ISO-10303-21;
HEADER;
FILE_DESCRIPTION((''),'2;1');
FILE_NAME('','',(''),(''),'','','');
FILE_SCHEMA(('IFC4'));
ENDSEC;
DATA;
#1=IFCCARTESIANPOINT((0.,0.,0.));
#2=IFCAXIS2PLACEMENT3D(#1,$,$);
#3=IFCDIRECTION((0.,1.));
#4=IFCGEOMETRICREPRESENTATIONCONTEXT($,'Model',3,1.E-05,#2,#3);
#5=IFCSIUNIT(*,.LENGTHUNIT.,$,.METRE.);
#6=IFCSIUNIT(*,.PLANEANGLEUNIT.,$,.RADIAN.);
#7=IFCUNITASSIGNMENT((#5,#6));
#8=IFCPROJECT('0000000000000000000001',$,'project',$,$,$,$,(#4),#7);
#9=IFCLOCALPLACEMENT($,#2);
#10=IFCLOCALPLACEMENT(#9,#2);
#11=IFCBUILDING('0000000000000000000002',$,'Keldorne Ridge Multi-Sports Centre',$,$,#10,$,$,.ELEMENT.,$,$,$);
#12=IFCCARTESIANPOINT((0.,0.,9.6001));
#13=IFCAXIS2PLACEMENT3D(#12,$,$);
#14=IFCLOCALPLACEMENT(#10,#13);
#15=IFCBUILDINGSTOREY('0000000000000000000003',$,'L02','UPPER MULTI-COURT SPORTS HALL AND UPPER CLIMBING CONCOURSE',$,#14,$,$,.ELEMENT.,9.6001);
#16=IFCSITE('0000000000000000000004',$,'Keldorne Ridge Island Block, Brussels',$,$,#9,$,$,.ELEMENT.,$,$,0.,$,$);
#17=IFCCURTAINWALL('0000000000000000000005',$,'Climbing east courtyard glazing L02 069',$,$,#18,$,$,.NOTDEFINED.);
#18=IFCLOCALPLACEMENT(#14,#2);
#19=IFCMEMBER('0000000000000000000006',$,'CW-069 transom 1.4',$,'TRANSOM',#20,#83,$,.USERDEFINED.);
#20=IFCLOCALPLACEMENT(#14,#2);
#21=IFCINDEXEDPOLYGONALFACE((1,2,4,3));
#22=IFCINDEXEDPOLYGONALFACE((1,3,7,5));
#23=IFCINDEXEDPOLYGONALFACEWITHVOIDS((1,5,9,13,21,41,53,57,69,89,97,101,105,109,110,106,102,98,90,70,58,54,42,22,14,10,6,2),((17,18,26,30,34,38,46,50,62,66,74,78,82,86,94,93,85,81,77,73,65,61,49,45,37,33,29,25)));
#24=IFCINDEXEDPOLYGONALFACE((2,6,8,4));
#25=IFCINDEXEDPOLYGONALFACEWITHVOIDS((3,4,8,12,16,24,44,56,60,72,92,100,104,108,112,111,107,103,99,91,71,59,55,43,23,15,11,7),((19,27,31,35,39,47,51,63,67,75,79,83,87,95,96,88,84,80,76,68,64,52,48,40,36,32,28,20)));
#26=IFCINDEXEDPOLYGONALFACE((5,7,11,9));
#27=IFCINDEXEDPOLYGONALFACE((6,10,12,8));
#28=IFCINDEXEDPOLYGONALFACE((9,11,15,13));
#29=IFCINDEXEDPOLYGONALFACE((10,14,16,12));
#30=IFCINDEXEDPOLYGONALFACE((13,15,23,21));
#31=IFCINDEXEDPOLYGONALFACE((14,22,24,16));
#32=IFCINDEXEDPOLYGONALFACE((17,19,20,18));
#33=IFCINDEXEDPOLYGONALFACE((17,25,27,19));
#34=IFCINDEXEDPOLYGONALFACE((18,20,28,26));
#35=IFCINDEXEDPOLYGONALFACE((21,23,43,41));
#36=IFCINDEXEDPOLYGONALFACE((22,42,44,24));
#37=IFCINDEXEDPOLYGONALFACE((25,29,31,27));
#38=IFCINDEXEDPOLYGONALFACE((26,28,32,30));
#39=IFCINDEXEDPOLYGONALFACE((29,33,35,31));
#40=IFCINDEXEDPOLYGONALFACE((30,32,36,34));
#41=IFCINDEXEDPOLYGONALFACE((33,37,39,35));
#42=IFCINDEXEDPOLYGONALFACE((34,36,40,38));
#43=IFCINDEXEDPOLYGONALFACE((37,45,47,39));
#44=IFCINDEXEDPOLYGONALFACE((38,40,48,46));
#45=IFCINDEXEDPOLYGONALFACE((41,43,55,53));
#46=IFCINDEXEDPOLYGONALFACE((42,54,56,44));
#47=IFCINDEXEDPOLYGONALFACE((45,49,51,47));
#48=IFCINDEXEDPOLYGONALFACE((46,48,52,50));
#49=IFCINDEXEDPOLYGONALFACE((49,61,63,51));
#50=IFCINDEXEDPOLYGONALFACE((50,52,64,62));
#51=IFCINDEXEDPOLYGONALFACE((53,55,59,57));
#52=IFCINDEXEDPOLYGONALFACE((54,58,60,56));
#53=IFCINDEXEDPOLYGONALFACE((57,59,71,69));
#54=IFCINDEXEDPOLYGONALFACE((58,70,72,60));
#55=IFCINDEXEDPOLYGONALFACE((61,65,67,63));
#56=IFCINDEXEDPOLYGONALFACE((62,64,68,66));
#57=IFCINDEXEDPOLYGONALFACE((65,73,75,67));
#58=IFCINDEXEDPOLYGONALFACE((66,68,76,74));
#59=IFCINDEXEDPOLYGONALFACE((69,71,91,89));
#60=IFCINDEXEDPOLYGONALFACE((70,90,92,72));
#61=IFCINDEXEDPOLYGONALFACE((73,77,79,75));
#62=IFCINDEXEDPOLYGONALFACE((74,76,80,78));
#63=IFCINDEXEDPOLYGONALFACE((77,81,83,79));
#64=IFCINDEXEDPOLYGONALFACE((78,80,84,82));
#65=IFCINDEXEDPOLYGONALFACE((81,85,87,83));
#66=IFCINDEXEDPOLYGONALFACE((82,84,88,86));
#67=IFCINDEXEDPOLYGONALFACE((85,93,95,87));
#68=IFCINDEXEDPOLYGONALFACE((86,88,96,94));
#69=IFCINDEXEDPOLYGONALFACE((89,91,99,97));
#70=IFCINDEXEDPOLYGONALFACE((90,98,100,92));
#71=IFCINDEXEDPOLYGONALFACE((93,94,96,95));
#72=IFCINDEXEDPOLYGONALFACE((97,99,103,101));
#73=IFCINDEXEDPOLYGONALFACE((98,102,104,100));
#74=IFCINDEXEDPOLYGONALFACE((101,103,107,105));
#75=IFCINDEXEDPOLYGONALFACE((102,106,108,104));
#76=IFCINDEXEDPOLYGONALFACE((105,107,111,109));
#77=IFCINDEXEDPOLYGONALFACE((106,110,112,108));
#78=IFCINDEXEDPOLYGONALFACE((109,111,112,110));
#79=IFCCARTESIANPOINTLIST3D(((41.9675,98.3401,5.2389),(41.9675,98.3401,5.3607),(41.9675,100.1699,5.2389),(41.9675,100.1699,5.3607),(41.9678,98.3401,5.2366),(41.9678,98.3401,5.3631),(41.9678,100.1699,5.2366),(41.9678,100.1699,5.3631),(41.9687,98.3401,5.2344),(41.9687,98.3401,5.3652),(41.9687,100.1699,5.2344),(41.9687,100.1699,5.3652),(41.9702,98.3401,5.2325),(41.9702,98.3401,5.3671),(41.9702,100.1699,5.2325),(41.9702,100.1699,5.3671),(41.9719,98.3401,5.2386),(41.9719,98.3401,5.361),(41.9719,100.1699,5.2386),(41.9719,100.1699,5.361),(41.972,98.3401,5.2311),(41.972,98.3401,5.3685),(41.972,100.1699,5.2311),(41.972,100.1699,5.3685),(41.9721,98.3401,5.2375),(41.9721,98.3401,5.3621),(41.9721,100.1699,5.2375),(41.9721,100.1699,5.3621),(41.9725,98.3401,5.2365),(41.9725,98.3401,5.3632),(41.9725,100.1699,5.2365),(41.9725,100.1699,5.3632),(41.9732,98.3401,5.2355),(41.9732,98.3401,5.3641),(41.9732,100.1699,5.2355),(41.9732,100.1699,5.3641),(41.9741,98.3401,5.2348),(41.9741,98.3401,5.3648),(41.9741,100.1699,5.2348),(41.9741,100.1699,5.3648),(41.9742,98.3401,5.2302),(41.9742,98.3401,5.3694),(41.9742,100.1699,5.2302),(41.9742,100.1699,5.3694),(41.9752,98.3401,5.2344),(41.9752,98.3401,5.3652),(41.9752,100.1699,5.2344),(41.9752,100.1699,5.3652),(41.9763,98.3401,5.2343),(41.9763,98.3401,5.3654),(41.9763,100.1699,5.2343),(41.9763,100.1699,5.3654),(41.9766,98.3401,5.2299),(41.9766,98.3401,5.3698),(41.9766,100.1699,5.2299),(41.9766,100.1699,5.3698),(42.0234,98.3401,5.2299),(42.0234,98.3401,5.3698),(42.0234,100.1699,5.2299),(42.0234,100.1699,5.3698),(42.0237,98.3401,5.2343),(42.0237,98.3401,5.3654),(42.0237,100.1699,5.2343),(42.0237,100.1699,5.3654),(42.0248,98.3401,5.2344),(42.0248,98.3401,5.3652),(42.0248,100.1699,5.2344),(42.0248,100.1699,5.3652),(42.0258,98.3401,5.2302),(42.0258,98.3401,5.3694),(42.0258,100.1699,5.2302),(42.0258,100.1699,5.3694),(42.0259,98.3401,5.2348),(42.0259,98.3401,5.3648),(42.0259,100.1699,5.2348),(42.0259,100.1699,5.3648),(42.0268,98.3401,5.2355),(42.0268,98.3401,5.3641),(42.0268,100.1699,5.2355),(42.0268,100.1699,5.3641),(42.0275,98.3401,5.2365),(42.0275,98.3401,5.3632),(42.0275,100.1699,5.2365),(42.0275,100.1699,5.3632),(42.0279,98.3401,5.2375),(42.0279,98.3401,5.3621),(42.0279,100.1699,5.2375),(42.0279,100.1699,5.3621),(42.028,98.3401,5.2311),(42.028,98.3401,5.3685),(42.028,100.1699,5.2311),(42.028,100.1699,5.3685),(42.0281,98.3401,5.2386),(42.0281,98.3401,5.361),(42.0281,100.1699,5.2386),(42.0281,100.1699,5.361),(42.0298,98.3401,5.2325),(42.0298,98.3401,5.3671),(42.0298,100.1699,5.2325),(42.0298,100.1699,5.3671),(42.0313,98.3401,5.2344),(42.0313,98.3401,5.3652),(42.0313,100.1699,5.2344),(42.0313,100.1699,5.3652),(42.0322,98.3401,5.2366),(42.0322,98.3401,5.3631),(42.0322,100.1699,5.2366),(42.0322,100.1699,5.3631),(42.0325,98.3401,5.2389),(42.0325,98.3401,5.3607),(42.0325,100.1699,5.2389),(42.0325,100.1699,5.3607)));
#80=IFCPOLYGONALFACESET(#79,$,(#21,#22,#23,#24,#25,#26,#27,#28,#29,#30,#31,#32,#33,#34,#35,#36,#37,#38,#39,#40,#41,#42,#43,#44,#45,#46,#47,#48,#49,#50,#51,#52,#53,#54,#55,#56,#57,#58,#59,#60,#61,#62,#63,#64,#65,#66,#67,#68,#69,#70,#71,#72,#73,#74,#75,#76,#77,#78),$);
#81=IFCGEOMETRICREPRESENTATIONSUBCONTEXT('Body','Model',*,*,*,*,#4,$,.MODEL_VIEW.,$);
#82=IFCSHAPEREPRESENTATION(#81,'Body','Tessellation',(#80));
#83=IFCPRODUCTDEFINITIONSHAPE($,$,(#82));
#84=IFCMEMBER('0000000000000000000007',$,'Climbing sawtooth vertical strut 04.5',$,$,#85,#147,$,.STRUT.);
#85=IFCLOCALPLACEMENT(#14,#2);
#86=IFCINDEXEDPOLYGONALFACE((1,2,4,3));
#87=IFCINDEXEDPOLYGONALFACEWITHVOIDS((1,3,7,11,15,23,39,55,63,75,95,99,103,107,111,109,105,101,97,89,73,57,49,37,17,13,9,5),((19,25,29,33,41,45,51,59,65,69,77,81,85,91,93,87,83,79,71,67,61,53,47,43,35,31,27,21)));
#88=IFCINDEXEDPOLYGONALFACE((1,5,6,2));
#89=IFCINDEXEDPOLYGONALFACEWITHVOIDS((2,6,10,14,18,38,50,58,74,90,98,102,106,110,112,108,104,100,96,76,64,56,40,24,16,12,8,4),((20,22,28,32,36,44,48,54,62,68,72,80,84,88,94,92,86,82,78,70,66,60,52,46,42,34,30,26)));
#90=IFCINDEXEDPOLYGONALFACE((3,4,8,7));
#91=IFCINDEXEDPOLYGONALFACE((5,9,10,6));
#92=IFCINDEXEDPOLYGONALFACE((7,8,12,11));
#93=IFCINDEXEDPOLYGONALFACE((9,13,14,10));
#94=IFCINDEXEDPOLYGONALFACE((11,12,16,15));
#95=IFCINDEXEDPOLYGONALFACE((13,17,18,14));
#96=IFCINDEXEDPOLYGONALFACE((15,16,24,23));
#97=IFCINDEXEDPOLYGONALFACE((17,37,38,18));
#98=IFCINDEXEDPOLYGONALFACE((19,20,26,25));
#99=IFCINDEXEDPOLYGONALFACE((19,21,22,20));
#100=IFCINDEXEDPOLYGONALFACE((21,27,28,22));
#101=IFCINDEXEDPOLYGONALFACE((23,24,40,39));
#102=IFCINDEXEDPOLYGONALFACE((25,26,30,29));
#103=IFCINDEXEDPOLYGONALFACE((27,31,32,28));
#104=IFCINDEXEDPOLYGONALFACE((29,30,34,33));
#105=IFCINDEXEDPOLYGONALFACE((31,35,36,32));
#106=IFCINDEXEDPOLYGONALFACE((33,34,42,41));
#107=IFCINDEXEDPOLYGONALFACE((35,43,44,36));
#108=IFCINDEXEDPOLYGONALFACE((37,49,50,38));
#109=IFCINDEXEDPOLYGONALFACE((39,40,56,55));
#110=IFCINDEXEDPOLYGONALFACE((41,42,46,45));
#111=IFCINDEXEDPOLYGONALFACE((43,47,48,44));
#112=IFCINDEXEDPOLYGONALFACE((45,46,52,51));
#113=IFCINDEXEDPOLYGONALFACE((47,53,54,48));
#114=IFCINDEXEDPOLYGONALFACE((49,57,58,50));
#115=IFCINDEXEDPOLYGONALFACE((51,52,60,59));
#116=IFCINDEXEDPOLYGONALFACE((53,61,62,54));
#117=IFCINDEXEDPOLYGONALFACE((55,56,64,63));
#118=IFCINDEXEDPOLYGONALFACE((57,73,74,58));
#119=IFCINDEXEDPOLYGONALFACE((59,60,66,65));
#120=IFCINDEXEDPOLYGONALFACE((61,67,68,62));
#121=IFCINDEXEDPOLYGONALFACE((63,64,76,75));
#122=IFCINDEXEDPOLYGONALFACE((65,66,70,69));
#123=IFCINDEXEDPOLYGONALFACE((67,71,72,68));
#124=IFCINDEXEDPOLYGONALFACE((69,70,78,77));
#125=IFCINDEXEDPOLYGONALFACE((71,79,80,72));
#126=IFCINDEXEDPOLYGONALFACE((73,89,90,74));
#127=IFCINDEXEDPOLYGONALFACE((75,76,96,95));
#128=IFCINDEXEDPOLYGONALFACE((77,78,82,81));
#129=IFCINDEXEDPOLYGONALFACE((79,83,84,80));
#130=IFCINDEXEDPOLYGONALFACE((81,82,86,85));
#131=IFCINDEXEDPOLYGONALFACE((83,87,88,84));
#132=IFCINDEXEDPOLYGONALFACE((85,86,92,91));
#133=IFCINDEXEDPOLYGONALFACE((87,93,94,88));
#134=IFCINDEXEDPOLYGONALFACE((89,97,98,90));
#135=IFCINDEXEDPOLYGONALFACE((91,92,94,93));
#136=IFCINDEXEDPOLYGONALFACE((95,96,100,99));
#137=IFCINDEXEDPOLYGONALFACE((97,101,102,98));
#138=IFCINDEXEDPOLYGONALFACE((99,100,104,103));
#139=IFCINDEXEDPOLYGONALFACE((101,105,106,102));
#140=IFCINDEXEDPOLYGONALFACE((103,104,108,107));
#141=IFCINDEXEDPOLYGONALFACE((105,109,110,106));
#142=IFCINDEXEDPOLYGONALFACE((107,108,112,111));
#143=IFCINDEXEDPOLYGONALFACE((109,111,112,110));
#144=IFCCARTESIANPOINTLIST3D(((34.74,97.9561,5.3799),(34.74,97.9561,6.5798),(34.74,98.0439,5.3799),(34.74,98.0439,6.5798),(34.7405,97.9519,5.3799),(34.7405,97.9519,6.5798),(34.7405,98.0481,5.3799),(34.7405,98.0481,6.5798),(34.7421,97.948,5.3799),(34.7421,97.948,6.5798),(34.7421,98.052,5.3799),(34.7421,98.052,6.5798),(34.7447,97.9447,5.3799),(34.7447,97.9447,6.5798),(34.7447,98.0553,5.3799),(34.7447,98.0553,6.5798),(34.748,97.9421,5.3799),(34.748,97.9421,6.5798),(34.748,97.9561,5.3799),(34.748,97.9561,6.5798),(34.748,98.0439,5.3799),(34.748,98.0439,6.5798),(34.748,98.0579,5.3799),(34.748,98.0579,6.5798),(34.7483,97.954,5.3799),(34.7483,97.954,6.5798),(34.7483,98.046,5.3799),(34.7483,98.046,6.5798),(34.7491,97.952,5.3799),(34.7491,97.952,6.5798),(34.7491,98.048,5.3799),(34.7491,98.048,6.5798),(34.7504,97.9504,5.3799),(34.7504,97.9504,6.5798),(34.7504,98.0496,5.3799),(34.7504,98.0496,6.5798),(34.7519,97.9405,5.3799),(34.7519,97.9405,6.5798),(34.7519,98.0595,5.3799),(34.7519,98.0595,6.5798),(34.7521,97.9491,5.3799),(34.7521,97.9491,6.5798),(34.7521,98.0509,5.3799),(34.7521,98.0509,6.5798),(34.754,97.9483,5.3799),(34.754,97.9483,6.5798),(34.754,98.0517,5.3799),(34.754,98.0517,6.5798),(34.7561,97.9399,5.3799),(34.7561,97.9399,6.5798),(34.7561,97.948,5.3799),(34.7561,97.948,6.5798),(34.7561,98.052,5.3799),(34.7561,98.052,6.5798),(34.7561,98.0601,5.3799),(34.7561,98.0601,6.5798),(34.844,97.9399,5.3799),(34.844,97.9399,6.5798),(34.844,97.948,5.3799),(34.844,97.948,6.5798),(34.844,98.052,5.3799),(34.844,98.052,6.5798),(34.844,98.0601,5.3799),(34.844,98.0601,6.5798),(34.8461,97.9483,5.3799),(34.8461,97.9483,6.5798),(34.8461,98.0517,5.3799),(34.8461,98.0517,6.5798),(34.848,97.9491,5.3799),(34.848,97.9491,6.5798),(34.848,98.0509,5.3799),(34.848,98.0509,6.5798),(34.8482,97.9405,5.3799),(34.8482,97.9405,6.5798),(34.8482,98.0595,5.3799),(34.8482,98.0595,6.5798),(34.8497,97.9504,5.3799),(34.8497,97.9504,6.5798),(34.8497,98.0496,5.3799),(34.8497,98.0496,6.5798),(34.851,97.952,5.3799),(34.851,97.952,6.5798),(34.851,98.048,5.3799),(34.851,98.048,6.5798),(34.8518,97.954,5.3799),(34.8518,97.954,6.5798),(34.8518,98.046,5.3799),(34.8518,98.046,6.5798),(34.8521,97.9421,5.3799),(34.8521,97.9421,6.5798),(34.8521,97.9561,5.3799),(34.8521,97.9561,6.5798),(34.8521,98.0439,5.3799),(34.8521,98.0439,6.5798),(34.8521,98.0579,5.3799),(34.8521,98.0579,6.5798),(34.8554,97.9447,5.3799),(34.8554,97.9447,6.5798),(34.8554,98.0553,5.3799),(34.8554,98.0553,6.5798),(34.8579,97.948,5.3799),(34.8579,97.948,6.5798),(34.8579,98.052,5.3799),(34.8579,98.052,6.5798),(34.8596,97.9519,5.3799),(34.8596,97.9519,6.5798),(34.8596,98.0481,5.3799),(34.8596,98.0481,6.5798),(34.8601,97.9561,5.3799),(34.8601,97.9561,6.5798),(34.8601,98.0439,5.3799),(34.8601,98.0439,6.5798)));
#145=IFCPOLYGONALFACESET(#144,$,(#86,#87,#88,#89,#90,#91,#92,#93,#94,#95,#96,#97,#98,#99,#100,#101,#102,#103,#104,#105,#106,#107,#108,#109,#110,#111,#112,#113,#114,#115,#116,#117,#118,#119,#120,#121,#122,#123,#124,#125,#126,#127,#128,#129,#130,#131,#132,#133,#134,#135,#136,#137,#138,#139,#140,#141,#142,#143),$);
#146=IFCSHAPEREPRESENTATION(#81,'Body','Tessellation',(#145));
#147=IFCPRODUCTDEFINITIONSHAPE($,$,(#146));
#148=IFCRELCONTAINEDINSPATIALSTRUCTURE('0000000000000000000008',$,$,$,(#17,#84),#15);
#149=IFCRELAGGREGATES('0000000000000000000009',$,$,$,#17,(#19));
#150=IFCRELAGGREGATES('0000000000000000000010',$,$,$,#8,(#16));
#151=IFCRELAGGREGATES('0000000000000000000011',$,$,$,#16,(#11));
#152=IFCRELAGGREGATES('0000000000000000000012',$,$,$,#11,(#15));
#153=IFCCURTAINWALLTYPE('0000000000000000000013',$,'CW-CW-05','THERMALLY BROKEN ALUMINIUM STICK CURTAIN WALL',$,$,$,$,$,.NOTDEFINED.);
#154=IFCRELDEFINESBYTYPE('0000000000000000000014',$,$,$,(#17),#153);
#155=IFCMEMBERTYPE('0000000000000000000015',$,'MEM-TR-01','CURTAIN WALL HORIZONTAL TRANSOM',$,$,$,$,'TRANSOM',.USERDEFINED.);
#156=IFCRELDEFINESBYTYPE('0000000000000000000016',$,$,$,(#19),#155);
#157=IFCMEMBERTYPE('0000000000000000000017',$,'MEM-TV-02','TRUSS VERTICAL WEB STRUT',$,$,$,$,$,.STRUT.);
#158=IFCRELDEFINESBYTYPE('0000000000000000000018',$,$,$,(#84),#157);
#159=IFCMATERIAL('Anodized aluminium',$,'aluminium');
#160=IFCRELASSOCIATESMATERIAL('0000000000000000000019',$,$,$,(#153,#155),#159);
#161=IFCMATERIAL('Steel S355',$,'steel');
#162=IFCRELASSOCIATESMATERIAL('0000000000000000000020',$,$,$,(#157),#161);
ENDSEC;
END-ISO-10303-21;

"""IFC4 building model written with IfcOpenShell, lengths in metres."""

from ifc_helpers import new_model, si_unit, direction, frame, origin, origin_2d, place, context, subcontext, project, spatial, hollow_rectangle, extrude, material, material_profile, profile_set, type_object, element, aggregate, save


model = new_model("IFC4")

# Units and contexts
model_context = context("Model", 3, precision=1e-05, world=origin(), true_north=direction((0.0, 1.0)))
body_context = subcontext(model_context, "Body", "Model", "MODEL_VIEW")
ifc_project = project(units=[si_unit("LENGTHUNIT", "METRE"), si_unit("PLANEANGLEUNIT", "RADIAN")], contexts=[model_context])

# Site, building, storey
site_placement = place(None, origin())
site = spatial("IfcSite", under=ifc_project, at=site_placement, Name="Keldorne Ridge Island Block, Brussels", CompositionType="ELEMENT", RefElevation=0.0)
building_placement = place(site_placement, origin())
building = spatial("IfcBuilding", under=site, at=building_placement, Name="Keldorne Ridge Multi-Sports Centre", CompositionType="ELEMENT")
storey_placement = place(building_placement, frame((0.0, 0.0, 9.6001)))
storey = spatial("IfcBuildingStorey", under=building, at=storey_placement, Name="L02", Description="UPPER MULTI-COURT SPORTS HALL AND UPPER CLIMBING CONCOURSE", CompositionType="ELEMENT", Elevation=9.6001)

# Shared definitions
ifc_material_1 = material(Name="Steel S355", Category="steel")

# Curtain wall
ifc_material_2 = material(Name="Anodized aluminium", Category="aluminium")
curtain_wall_type = type_object("IfcCurtainWallType", Name="CW-CW-05", Description="THERMALLY BROKEN ALUMINIUM STICK CURTAIN WALL", PredefinedType="NOTDEFINED", material=ifc_material_2)
curtain_wall_placement = place(storey_placement, origin())
curtain_wall = element("IfcCurtainWall", 1, at=curtain_wall_placement, inside=storey, type_object=curtain_wall_type, Name="Climbing east courtyard glazing L02 069", PredefinedType="NOTDEFINED")

# Member
ifc_material_profile_1 = material_profile(ifc_material_2, hollow_rectangle(XDim=0.0649, YDim=0.1399, WallThickness=0.0044, InnerFilletRadius=0.0044, OuterFilletRadius=0.009, at=origin_2d()), Name="ALU TRANSOM 140x65x4.5")
ifc_profile_set_1 = profile_set([ifc_material_profile_1], Name="Anodized aluminium")
member_type_1 = type_object("IfcMemberType", Name="MEM-TR-01", Description="CURTAIN WALL HORIZONTAL TRANSOM", ElementType="TRANSOM", PredefinedType="USERDEFINED", material=ifc_profile_set_1)
member_1_placement = place(storey_placement, frame((42.0, 98.3401, 5.2998), z_axis=(0.0, 1.0, 0.0), x_axis=(-1.0, 0.0, 0.0)))
member_1 = element("IfcMember", 2, at=member_1_placement, type_object=member_type_1, Name="CW-069 transom 1.4", ObjectType="TRANSOM", PredefinedType="USERDEFINED", context=body_context, shape_type="SweptSolid", body=[
    extrude(hollow_rectangle(XDim=0.0649, YDim=0.1399, WallThickness=0.0044, InnerFilletRadius=0.0044, OuterFilletRadius=0.009, at=origin_2d()), origin(), (0.0, 0.0, 1.0), 1.8298),
])
aggregate(curtain_wall, [member_1])

# Member
ifc_material_profile_2 = material_profile(ifc_material_1, hollow_rectangle(XDim=0.1201, YDim=0.1201, WallThickness=0.0081, InnerFilletRadius=0.0081, OuterFilletRadius=0.0161, at=origin_2d()), Name="SHS 120x120x8")
ifc_profile_set_2 = profile_set([ifc_material_profile_2], Name="Steel S355")
member_type_2 = type_object("IfcMemberType", Name="MEM-TV-02", Description="TRUSS VERTICAL WEB STRUT", PredefinedType="STRUT", material=ifc_profile_set_2)
for number, where, z_axis, x_axis, name in (
    (3, (34.8, 98.0, 5.3799), (0.0, 0.0, 1.0), (1.0, 0.0, 0.0), "Climbing sawtooth vertical strut 04.5"),
):
    element("IfcMember", number, at=place(storey_placement, frame(where, z_axis=z_axis, x_axis=x_axis)), inside=storey, type_object=member_type_2, Name=name, PredefinedType="STRUT", context=body_context, shape_type="SweptSolid", body=[
        extrude(hollow_rectangle(XDim=0.1201, YDim=0.1201, WallThickness=0.0081, InnerFilletRadius=0.0081, OuterFilletRadius=0.0161, at=origin_2d()), origin(), (0.0, 0.0, 1.0), 1.2),
    ])

save(model, "model.ifc")
